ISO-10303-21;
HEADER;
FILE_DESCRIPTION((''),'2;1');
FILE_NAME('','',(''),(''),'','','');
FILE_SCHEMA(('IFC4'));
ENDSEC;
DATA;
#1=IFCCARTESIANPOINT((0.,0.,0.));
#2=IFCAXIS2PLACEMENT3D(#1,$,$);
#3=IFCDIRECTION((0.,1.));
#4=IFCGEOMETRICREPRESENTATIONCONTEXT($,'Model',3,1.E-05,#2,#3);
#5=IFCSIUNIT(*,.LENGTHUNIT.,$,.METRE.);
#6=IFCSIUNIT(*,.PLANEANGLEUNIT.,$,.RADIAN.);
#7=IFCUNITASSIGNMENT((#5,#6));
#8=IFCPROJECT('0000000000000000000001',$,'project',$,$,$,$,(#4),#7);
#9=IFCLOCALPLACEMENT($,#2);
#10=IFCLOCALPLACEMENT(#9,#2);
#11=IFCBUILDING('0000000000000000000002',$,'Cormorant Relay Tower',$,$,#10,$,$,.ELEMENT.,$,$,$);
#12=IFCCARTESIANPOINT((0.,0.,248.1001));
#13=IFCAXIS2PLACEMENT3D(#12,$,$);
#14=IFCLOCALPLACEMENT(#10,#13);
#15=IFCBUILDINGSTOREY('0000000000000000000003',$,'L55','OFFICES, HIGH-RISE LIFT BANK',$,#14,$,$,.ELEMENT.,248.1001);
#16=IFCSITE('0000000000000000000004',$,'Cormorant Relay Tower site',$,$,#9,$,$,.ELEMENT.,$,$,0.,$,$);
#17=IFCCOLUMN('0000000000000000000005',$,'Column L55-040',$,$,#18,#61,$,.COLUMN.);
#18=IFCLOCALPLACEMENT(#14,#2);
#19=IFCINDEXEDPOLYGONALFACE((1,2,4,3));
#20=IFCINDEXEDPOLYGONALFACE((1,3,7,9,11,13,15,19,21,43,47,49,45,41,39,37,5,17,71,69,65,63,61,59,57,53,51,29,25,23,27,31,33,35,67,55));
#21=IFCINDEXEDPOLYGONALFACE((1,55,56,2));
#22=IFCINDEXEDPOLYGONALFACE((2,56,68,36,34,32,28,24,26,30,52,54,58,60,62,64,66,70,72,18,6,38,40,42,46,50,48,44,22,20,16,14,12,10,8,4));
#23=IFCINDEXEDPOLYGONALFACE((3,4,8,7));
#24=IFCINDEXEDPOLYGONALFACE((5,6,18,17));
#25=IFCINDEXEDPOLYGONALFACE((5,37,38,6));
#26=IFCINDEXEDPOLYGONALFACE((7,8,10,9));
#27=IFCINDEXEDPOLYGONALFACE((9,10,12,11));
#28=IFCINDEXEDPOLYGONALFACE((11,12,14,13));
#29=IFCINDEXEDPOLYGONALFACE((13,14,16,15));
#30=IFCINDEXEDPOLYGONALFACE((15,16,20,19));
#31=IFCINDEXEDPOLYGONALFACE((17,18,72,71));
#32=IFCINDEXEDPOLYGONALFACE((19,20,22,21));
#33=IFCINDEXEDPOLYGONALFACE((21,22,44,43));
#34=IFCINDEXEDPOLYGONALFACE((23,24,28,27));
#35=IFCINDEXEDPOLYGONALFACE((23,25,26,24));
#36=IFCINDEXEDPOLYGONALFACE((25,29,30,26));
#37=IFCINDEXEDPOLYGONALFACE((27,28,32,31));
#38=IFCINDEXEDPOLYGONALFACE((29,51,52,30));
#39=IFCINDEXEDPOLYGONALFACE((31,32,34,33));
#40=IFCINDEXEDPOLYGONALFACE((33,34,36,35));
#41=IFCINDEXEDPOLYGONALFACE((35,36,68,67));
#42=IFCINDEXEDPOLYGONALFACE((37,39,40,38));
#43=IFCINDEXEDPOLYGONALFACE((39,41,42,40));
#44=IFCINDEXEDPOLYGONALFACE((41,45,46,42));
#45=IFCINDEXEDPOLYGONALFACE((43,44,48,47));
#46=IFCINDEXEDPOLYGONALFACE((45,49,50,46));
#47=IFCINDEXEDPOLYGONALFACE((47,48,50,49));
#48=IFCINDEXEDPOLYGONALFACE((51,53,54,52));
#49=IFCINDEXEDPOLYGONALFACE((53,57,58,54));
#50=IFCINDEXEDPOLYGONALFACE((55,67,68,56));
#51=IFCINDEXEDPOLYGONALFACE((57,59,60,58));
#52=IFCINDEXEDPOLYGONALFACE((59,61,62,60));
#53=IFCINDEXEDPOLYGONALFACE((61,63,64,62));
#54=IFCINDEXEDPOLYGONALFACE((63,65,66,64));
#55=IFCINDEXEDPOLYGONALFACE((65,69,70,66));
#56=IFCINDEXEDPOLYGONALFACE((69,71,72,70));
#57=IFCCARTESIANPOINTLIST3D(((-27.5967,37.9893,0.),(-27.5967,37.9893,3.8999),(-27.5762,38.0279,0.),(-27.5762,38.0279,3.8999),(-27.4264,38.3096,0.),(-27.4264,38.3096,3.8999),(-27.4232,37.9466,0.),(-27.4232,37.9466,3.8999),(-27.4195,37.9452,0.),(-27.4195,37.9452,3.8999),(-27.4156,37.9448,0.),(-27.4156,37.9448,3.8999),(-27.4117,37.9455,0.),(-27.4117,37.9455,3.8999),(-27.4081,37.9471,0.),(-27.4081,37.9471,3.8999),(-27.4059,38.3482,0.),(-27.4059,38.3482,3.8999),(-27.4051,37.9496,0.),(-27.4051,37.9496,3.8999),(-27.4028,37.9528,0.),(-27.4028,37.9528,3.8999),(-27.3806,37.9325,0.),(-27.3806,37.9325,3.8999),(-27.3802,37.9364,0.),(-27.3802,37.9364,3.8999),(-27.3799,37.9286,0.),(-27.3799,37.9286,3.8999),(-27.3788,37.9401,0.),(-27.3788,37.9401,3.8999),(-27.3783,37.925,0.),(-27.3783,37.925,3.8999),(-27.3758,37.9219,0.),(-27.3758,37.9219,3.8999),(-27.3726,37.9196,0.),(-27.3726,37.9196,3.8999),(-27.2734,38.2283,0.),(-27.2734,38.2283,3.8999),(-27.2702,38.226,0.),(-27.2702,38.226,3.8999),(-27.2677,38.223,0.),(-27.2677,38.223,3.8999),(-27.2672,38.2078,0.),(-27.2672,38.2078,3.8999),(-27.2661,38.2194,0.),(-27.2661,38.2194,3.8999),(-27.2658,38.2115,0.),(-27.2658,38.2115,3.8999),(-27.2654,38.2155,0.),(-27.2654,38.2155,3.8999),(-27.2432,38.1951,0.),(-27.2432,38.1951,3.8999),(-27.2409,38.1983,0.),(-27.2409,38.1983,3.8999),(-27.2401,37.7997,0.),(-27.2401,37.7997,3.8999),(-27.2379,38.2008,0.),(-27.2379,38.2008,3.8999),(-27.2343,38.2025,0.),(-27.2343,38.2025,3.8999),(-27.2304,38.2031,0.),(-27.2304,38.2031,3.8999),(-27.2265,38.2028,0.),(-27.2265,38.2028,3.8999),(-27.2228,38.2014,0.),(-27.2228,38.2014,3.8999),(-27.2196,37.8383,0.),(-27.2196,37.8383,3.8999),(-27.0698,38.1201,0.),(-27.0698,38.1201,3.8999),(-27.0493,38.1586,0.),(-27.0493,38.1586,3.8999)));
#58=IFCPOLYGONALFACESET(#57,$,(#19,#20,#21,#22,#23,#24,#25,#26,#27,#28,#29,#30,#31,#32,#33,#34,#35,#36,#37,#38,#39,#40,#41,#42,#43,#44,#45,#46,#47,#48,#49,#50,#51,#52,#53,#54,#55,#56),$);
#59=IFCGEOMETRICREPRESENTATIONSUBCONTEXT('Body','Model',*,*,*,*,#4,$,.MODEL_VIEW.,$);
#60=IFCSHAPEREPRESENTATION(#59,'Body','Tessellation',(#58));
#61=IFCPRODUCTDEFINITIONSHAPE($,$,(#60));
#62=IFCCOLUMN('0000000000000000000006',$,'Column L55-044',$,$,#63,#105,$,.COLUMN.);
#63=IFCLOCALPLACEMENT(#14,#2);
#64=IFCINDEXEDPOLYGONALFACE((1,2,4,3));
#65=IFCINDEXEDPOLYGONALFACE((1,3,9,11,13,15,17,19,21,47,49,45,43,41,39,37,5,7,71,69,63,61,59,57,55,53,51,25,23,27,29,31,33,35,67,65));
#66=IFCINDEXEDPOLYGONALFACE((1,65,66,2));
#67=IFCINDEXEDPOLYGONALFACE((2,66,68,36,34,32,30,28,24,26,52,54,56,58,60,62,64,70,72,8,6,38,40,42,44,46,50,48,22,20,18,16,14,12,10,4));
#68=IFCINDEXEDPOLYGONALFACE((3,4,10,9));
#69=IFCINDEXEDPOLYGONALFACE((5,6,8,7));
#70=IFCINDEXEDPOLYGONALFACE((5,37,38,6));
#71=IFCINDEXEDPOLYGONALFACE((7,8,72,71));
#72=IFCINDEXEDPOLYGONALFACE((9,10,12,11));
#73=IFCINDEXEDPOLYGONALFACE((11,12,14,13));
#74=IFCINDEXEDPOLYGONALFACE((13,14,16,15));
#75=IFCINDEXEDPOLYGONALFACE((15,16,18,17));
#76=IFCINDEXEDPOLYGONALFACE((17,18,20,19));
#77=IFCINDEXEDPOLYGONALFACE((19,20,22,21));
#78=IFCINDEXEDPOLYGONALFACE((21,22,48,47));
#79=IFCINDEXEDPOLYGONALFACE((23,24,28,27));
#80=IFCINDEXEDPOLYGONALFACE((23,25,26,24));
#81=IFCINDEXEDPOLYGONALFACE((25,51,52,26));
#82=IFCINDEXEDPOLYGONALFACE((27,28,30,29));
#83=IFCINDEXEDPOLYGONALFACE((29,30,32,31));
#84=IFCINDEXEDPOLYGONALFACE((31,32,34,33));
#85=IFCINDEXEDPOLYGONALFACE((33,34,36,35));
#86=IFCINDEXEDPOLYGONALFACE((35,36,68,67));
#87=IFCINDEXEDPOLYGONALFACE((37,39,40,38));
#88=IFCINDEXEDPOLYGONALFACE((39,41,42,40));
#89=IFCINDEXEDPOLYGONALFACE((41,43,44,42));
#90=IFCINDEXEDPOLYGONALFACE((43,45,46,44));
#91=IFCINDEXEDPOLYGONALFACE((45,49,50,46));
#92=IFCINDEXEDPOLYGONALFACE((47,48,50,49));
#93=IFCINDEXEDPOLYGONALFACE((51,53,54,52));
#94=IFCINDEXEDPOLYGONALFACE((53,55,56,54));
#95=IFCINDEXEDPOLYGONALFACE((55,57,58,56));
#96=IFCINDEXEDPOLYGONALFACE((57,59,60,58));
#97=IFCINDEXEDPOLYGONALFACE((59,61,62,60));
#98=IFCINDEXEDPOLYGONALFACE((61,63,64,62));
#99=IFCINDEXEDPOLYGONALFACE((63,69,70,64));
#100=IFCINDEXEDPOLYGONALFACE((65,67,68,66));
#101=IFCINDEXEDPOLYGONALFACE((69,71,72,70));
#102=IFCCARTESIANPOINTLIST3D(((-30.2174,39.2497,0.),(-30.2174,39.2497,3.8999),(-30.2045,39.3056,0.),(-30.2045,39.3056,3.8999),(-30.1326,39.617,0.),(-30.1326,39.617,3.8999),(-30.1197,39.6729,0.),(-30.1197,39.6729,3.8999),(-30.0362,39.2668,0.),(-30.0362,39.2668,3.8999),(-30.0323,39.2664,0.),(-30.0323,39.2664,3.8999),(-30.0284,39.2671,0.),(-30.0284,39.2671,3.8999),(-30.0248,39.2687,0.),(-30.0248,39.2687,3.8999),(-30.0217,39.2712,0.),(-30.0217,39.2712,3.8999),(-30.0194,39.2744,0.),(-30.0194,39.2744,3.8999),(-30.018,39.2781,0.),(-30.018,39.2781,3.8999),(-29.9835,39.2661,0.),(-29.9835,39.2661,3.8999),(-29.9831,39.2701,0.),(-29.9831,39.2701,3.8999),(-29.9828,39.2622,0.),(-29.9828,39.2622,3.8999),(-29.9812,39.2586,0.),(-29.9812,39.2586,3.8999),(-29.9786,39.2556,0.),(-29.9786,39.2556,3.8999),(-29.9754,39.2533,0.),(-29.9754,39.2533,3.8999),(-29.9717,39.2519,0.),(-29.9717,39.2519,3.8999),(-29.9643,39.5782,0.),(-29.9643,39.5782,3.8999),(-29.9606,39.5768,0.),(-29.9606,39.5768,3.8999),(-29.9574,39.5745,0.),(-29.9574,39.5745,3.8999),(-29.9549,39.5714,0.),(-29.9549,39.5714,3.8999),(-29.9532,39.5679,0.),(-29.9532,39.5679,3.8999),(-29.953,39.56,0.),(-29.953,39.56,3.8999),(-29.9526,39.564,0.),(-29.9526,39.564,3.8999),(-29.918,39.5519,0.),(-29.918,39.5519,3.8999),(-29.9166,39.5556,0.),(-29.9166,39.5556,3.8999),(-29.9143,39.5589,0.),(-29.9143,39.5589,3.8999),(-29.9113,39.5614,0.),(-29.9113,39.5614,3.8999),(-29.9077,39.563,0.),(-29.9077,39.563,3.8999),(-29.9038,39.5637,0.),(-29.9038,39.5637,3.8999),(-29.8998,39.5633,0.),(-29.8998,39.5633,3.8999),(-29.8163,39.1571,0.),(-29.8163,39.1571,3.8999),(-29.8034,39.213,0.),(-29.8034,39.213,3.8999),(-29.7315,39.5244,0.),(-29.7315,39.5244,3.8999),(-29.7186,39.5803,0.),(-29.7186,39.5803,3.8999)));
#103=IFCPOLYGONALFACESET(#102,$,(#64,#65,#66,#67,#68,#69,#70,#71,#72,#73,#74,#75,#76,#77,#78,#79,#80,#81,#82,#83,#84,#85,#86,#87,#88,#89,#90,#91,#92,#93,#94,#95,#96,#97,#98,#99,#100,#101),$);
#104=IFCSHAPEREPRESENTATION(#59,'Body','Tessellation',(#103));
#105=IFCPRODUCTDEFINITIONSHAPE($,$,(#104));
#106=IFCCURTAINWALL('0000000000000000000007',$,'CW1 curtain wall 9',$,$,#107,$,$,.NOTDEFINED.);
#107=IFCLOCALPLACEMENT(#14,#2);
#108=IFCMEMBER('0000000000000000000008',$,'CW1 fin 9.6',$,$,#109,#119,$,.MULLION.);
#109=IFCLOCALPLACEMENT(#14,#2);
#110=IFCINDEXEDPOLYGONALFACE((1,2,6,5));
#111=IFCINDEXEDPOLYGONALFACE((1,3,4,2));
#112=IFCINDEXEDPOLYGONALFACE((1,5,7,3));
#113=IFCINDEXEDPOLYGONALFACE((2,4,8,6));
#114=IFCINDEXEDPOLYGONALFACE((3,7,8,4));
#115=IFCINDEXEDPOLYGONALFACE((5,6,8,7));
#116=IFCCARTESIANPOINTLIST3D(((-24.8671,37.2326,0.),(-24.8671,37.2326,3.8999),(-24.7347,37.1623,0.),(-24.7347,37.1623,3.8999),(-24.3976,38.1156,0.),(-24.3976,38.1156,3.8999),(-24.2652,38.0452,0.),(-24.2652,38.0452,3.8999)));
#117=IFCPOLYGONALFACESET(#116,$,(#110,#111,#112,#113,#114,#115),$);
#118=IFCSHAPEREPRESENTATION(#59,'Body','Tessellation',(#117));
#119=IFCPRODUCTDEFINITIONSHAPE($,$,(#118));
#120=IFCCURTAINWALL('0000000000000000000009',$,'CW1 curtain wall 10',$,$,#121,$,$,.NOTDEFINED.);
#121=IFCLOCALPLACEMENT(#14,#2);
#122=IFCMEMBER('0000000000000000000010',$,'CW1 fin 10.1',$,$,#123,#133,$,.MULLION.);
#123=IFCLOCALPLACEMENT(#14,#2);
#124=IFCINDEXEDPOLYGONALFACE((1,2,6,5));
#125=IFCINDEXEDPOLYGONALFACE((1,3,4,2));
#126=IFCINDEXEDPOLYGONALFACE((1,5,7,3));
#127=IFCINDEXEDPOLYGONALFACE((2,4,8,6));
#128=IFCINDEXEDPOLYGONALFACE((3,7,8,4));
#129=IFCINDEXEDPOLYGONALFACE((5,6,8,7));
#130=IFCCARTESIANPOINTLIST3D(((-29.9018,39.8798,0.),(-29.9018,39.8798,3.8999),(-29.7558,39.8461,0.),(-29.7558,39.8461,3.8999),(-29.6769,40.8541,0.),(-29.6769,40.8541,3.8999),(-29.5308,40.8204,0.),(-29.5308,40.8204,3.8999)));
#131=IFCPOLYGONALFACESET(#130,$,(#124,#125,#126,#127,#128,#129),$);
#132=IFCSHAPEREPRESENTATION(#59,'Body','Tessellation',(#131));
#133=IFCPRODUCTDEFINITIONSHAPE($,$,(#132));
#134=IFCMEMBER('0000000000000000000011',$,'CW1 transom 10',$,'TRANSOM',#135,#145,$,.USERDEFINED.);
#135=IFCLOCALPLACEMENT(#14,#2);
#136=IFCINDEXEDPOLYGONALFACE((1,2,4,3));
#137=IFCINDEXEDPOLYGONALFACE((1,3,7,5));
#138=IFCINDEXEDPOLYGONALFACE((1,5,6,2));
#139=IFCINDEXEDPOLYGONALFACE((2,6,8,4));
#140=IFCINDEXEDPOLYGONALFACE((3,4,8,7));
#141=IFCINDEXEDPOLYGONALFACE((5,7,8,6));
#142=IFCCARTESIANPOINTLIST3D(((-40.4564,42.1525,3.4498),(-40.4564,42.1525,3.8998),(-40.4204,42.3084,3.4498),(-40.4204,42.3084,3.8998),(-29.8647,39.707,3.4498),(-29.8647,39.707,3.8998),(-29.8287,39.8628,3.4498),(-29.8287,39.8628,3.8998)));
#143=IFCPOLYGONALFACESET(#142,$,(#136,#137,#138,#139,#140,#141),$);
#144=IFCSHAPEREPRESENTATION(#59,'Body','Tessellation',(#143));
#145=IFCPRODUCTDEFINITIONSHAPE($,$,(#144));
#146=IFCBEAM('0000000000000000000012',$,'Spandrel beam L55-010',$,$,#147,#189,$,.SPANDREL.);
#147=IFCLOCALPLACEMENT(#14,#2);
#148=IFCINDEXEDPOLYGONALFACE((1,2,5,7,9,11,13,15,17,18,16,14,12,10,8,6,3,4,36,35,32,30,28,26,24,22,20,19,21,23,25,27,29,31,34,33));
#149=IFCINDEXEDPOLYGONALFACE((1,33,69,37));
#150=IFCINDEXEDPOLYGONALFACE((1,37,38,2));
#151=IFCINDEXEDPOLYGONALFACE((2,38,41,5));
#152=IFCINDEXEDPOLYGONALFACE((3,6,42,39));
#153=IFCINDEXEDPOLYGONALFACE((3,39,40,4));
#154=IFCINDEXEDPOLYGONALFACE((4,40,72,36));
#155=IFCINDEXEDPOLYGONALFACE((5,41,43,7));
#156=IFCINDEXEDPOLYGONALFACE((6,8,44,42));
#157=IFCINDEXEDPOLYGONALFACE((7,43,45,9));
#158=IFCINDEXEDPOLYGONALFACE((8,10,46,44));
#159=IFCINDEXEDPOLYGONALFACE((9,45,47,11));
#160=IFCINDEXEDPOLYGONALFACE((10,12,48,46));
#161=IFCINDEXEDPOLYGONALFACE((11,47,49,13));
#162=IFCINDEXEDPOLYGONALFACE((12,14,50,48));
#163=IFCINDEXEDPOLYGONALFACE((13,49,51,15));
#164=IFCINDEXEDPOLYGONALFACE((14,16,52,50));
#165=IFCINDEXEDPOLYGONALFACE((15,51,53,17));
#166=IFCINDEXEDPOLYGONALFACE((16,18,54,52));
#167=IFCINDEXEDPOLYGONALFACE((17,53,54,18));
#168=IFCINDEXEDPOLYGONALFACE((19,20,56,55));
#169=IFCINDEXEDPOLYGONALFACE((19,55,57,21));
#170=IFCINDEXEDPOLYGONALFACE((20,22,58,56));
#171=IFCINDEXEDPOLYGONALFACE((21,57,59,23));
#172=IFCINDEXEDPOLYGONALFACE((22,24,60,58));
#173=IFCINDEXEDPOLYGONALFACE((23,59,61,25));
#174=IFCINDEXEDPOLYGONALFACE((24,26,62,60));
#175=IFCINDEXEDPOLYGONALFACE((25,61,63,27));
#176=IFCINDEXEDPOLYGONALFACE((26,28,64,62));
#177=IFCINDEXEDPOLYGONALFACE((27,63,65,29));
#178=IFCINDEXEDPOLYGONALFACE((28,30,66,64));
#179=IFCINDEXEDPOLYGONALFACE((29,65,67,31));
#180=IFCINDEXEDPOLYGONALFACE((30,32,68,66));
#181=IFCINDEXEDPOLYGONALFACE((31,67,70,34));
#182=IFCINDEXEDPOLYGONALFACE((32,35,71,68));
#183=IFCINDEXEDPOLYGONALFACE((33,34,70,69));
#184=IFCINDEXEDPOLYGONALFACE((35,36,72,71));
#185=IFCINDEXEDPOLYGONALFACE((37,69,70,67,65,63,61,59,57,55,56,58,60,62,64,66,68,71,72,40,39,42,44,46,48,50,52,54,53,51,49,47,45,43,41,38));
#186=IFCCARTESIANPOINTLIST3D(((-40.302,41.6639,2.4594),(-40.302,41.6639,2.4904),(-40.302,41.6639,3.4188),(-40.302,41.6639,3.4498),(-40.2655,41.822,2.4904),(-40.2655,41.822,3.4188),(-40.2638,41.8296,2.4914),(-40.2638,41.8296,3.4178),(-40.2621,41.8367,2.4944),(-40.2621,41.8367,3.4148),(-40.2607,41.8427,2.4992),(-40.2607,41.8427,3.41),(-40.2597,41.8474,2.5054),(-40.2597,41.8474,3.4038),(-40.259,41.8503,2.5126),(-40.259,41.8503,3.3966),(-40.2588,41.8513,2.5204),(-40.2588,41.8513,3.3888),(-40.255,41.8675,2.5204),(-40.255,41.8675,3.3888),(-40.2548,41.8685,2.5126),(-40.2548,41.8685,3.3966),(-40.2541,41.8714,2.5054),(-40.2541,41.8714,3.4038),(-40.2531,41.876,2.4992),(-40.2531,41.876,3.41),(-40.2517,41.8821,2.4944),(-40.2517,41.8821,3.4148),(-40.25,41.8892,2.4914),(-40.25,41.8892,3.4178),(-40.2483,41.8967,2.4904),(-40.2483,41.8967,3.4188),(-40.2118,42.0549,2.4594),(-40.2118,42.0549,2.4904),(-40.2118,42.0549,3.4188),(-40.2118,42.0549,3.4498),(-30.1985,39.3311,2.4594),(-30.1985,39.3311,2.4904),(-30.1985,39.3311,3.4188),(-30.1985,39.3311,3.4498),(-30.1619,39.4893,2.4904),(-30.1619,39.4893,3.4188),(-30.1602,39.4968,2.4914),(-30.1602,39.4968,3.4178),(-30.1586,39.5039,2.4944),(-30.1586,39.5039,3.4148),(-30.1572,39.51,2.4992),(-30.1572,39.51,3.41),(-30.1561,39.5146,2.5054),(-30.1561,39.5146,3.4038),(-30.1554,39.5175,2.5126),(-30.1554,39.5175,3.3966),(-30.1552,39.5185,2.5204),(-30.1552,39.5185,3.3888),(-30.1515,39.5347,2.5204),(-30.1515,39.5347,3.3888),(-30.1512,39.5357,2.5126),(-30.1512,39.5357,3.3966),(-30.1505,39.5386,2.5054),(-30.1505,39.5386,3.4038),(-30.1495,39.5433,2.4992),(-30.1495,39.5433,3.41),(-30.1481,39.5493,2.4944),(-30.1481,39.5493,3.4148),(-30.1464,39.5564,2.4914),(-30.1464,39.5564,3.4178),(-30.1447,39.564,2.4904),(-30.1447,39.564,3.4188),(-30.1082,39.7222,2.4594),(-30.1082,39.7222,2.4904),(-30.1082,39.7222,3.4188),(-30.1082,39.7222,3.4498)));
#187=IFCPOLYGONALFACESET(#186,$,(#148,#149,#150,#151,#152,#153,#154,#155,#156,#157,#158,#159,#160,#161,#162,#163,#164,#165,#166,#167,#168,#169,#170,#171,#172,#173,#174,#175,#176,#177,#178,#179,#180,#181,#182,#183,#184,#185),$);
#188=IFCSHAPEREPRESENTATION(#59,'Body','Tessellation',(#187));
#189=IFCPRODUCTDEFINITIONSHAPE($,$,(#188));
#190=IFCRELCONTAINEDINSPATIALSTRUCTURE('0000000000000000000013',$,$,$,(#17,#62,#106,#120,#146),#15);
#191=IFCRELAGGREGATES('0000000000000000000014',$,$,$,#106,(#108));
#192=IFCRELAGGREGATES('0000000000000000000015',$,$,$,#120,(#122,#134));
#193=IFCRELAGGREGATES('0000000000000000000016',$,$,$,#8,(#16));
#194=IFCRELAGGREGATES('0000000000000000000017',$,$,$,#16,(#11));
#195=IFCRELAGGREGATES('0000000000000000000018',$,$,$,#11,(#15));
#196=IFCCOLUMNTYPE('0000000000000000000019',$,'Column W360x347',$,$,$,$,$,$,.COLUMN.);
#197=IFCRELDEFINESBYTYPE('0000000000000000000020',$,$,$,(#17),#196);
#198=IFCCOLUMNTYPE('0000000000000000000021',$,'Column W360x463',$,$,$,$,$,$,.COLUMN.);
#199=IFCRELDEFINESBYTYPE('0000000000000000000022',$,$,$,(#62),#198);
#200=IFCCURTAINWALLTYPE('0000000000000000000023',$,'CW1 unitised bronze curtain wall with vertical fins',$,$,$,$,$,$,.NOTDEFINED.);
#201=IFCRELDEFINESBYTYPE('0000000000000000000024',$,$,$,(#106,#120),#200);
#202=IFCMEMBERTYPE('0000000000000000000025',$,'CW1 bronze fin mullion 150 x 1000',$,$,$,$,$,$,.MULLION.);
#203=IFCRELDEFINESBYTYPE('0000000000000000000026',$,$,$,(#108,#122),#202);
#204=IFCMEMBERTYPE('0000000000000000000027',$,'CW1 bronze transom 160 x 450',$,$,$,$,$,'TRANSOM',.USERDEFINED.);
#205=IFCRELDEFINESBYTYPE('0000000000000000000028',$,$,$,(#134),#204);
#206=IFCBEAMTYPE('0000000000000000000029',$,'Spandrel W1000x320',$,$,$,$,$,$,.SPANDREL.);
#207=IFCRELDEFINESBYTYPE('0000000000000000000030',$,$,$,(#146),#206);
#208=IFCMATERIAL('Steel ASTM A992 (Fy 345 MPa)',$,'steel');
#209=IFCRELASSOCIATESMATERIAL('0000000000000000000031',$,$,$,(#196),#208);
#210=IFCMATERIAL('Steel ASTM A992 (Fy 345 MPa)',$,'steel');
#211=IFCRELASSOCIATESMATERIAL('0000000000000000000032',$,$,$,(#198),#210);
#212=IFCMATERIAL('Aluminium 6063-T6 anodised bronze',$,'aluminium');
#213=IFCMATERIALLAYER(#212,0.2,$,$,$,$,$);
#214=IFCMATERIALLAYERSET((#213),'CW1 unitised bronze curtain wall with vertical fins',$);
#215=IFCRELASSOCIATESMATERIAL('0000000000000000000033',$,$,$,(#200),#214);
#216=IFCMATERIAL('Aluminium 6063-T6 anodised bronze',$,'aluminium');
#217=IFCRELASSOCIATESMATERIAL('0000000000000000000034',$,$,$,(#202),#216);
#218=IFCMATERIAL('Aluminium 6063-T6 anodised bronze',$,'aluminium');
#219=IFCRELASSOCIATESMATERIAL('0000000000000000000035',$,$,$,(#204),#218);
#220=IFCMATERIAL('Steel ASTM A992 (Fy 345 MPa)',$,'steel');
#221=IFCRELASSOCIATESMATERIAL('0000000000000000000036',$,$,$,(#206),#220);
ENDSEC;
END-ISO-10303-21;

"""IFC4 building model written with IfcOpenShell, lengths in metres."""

from ifc_helpers import new_model, si_unit, direction, frame, origin, origin_2d, place, context, subcontext, project, spatial, rectangle, i_section, extrude, material, layer, layer_set, material_profile, profile_set, type_object, element, aggregate, save


model = new_model("IFC4")

# Units and contexts
model_context = context("Model", 3, precision=1e-05, world=origin(), true_north=direction((0.0, 1.0)))
body_context = subcontext(model_context, "Body", "Model", "MODEL_VIEW")
ifc_project = project(units=[si_unit("LENGTHUNIT", "METRE"), si_unit("PLANEANGLEUNIT", "RADIAN")], contexts=[model_context])

# Site, building, storey
site_placement = place(None, origin())
site = spatial("IfcSite", under=ifc_project, at=site_placement, Name="Cormorant Relay Tower site", CompositionType="ELEMENT", RefElevation=0.0)
building_placement = place(site_placement, origin())
building = spatial("IfcBuilding", under=site, at=building_placement, Name="Cormorant Relay Tower", CompositionType="ELEMENT")
storey_placement = place(building_placement, frame((0.0, 0.0, 248.1001)))
storey = spatial("IfcBuildingStorey", under=building, at=storey_placement, Name="L55", Description="OFFICES, HIGH-RISE LIFT BANK", CompositionType="ELEMENT", Elevation=248.1001)

# Columns
ifc_material_1 = material(Name="Steel ASTM A992 (Fy 345 MPa)", Category="steel")
ifc_material_profile_1 = material_profile(ifc_material_1, i_section(OverallWidth=0.4038, OverallDepth=0.4065, WebThickness=0.0271, FlangeThickness=0.0437, FilletRadius=0.0151, at=origin_2d()), Name="W360x347")
ifc_profile_set_1 = profile_set([ifc_material_profile_1], Name="Steel ASTM A992 (Fy 345 MPa)")
column_type_1 = type_object("IfcColumnType", Name="Column W360x347", PredefinedType="COLUMN", material=ifc_profile_set_1)
column_1_placement = place(storey_placement, frame((-27.323, 38.074, 0.0), z_axis=(0.0, 0.0, 1.0), x_axis=(-0.882948, 0.469472, 0.0)))
element("IfcColumn", 1, at=column_1_placement, inside=storey, type_object=column_type_1, Name="Column L55-040", PredefinedType="COLUMN", context=body_context, shape_type="SweptSolid", body=[
    extrude(i_section(OverallWidth=0.4038, OverallDepth=0.4065, WebThickness=0.0271, FlangeThickness=0.0437, FilletRadius=0.0151, at=origin_2d()), origin(), (0.0, 0.0, 1.0), 3.8999),
])
ifc_material_2 = material(Name="Steel ASTM A992 (Fy 345 MPa)", Category="steel")
ifc_material_profile_2 = material_profile(ifc_material_2, i_section(OverallWidth=0.4116, OverallDepth=0.4343, WebThickness=0.0359, FlangeThickness=0.0574, FilletRadius=0.0151, at=origin_2d()), Name="W360x463")
ifc_profile_set_2 = profile_set([ifc_material_profile_2], Name="Steel ASTM A992 (Fy 345 MPa)")
column_type_2 = type_object("IfcColumnType", Name="Column W360x463", PredefinedType="COLUMN", material=ifc_profile_set_2)
column_2_placement = place(storey_placement, frame((-29.968, 39.415, 0.0), z_axis=(0.0, 0.0, 1.0), x_axis=(-0.97437, 0.224951, 0.0)))
element("IfcColumn", 2, at=column_2_placement, inside=storey, type_object=column_type_2, Name="Column L55-044", PredefinedType="COLUMN", context=body_context, shape_type="SweptSolid", body=[
    extrude(i_section(OverallWidth=0.4116, OverallDepth=0.4343, WebThickness=0.0359, FlangeThickness=0.0574, FilletRadius=0.0151, at=origin_2d()), origin(), (0.0, 0.0, 1.0), 3.8999),
])

# Curtain wall, member
ifc_material_3 = material(Name="Aluminium 6063-T6 anodised bronze", Category="aluminium")
ifc_layer_1 = layer(ifc_material_3, 0.2)
ifc_layer_set_1 = layer_set([ifc_layer_1], Name="CW1 unitised bronze curtain wall with vertical fins")
curtain_wall_type = type_object("IfcCurtainWallType", Name="CW1 unitised bronze curtain wall with vertical fins", PredefinedType="NOTDEFINED", material=ifc_layer_set_1)
curtain_wall_1_placement = place(storey_placement, origin())
curtain_wall_1 = element("IfcCurtainWall", 3, at=curtain_wall_1_placement, inside=storey, type_object=curtain_wall_type, Name="CW1 curtain wall 9", PredefinedType="NOTDEFINED")
ifc_material_4 = material(Name="Aluminium 6063-T6 anodised bronze", Category="aluminium")
ifc_material_profile_3 = material_profile(ifc_material_4, rectangle(XDim=0.1499, YDim=1.0, at=origin_2d()), Name="AL 150x1000")
ifc_profile_set_3 = profile_set([ifc_material_profile_3], Name="Aluminium 6063-T6 anodised bronze")
member_type_1 = type_object("IfcMemberType", Name="CW1 bronze fin mullion 150 x 1000", PredefinedType="MULLION", material=ifc_profile_set_3)
member_1_placement = place(storey_placement, frame((-24.5662, 37.6389, 0.0), z_axis=(0.0, 0.0, 1.0), x_axis=(-0.882948, 0.469472, 0.0)))
member_1 = element("IfcMember", 4, at=member_1_placement, type_object=member_type_1, Name="CW1 fin 9.6", PredefinedType="MULLION", context=body_context, shape_type="SweptSolid", body=[
    extrude(rectangle(XDim=0.1499, YDim=1.0, at=origin_2d()), origin(), (0.0, 0.0, 1.0), 3.8999),
])

# Curtain wall, members
curtain_wall_2_placement = place(storey_placement, origin())
curtain_wall_2 = element("IfcCurtainWall", 5, at=curtain_wall_2_placement, inside=storey, type_object=curtain_wall_type, Name="CW1 curtain wall 10", PredefinedType="NOTDEFINED")
member_2_placement = place(storey_placement, frame((-29.7163, 40.3501, 0.0), z_axis=(0.0, 0.0, 1.0), x_axis=(-0.97437, 0.224951, 0.0)))
member_2 = element("IfcMember", 6, at=member_2_placement, type_object=member_type_1, Name="CW1 fin 10.1", PredefinedType="MULLION", context=body_context, shape_type="SweptSolid", body=[
    extrude(rectangle(XDim=0.1499, YDim=1.0, at=origin_2d()), origin(), (0.0, 0.0, 1.0), 3.8999),
])
ifc_material_5 = material(Name="Aluminium 6063-T6 anodised bronze", Category="aluminium")
ifc_material_profile_4 = material_profile(ifc_material_5, rectangle(XDim=0.1599, YDim=0.45, at=origin_2d()), Name="AL 160x450")
ifc_profile_set_4 = profile_set([ifc_material_profile_4], Name="Aluminium 6063-T6 anodised bronze")
member_type_2 = type_object("IfcMemberType", Name="CW1 bronze transom 160 x 450", ElementType="TRANSOM", PredefinedType="USERDEFINED", material=ifc_profile_set_4)
member_3_placement = place(storey_placement, frame((-29.8467, 39.7849, 3.6748), z_axis=(-0.974365, 0.224973, 0.0), x_axis=(-0.224973, -0.974365, 0.0)))
member_3 = element("IfcMember", 7, at=member_3_placement, type_object=member_type_2, Name="CW1 transom 10", ObjectType="TRANSOM", PredefinedType="USERDEFINED", context=body_context, shape_type="SweptSolid", body=[
    extrude(rectangle(XDim=0.1599, YDim=0.45, at=origin_2d()), origin(), (0.0, 0.0, 1.0), 10.8704),
])

# Beam
ifc_material_6 = material(Name="Steel ASTM A992 (Fy 345 MPa)", Category="steel")
ifc_material_profile_5 = material_profile(ifc_material_6, i_section(OverallWidth=0.4014, OverallDepth=0.9905, WebThickness=0.0166, FlangeThickness=0.031, FilletRadius=0.03, at=origin_2d()), Name="W1000x320")
ifc_profile_set_5 = profile_set([ifc_material_profile_5], Name="Steel ASTM A992 (Fy 345 MPa)")
beam_type = type_object("IfcBeamType", Name="Spandrel W1000x320", PredefinedType="SPANDREL", material=ifc_profile_set_5)
beam_placement = place(storey_placement, frame((-30.1533, 39.5266, 2.9546), z_axis=(-0.974366, 0.224968, 0.0), x_axis=(-0.224968, -0.974366, 0.0)))
element("IfcBeam", 8, at=beam_placement, inside=storey, type_object=beam_type, Name="Spandrel beam L55-010", PredefinedType="SPANDREL", context=body_context, shape_type="SweptSolid", body=[
    extrude(i_section(OverallWidth=0.4014, OverallDepth=0.9905, WebThickness=0.0166, FlangeThickness=0.031, FilletRadius=0.03, at=origin_2d()), origin(), (0.0, 0.0, 1.0), 10.3694),
])

aggregate(curtain_wall_1, [member_1])
aggregate(curtain_wall_2, [member_2, member_3])

save(model, "model.ifc")
